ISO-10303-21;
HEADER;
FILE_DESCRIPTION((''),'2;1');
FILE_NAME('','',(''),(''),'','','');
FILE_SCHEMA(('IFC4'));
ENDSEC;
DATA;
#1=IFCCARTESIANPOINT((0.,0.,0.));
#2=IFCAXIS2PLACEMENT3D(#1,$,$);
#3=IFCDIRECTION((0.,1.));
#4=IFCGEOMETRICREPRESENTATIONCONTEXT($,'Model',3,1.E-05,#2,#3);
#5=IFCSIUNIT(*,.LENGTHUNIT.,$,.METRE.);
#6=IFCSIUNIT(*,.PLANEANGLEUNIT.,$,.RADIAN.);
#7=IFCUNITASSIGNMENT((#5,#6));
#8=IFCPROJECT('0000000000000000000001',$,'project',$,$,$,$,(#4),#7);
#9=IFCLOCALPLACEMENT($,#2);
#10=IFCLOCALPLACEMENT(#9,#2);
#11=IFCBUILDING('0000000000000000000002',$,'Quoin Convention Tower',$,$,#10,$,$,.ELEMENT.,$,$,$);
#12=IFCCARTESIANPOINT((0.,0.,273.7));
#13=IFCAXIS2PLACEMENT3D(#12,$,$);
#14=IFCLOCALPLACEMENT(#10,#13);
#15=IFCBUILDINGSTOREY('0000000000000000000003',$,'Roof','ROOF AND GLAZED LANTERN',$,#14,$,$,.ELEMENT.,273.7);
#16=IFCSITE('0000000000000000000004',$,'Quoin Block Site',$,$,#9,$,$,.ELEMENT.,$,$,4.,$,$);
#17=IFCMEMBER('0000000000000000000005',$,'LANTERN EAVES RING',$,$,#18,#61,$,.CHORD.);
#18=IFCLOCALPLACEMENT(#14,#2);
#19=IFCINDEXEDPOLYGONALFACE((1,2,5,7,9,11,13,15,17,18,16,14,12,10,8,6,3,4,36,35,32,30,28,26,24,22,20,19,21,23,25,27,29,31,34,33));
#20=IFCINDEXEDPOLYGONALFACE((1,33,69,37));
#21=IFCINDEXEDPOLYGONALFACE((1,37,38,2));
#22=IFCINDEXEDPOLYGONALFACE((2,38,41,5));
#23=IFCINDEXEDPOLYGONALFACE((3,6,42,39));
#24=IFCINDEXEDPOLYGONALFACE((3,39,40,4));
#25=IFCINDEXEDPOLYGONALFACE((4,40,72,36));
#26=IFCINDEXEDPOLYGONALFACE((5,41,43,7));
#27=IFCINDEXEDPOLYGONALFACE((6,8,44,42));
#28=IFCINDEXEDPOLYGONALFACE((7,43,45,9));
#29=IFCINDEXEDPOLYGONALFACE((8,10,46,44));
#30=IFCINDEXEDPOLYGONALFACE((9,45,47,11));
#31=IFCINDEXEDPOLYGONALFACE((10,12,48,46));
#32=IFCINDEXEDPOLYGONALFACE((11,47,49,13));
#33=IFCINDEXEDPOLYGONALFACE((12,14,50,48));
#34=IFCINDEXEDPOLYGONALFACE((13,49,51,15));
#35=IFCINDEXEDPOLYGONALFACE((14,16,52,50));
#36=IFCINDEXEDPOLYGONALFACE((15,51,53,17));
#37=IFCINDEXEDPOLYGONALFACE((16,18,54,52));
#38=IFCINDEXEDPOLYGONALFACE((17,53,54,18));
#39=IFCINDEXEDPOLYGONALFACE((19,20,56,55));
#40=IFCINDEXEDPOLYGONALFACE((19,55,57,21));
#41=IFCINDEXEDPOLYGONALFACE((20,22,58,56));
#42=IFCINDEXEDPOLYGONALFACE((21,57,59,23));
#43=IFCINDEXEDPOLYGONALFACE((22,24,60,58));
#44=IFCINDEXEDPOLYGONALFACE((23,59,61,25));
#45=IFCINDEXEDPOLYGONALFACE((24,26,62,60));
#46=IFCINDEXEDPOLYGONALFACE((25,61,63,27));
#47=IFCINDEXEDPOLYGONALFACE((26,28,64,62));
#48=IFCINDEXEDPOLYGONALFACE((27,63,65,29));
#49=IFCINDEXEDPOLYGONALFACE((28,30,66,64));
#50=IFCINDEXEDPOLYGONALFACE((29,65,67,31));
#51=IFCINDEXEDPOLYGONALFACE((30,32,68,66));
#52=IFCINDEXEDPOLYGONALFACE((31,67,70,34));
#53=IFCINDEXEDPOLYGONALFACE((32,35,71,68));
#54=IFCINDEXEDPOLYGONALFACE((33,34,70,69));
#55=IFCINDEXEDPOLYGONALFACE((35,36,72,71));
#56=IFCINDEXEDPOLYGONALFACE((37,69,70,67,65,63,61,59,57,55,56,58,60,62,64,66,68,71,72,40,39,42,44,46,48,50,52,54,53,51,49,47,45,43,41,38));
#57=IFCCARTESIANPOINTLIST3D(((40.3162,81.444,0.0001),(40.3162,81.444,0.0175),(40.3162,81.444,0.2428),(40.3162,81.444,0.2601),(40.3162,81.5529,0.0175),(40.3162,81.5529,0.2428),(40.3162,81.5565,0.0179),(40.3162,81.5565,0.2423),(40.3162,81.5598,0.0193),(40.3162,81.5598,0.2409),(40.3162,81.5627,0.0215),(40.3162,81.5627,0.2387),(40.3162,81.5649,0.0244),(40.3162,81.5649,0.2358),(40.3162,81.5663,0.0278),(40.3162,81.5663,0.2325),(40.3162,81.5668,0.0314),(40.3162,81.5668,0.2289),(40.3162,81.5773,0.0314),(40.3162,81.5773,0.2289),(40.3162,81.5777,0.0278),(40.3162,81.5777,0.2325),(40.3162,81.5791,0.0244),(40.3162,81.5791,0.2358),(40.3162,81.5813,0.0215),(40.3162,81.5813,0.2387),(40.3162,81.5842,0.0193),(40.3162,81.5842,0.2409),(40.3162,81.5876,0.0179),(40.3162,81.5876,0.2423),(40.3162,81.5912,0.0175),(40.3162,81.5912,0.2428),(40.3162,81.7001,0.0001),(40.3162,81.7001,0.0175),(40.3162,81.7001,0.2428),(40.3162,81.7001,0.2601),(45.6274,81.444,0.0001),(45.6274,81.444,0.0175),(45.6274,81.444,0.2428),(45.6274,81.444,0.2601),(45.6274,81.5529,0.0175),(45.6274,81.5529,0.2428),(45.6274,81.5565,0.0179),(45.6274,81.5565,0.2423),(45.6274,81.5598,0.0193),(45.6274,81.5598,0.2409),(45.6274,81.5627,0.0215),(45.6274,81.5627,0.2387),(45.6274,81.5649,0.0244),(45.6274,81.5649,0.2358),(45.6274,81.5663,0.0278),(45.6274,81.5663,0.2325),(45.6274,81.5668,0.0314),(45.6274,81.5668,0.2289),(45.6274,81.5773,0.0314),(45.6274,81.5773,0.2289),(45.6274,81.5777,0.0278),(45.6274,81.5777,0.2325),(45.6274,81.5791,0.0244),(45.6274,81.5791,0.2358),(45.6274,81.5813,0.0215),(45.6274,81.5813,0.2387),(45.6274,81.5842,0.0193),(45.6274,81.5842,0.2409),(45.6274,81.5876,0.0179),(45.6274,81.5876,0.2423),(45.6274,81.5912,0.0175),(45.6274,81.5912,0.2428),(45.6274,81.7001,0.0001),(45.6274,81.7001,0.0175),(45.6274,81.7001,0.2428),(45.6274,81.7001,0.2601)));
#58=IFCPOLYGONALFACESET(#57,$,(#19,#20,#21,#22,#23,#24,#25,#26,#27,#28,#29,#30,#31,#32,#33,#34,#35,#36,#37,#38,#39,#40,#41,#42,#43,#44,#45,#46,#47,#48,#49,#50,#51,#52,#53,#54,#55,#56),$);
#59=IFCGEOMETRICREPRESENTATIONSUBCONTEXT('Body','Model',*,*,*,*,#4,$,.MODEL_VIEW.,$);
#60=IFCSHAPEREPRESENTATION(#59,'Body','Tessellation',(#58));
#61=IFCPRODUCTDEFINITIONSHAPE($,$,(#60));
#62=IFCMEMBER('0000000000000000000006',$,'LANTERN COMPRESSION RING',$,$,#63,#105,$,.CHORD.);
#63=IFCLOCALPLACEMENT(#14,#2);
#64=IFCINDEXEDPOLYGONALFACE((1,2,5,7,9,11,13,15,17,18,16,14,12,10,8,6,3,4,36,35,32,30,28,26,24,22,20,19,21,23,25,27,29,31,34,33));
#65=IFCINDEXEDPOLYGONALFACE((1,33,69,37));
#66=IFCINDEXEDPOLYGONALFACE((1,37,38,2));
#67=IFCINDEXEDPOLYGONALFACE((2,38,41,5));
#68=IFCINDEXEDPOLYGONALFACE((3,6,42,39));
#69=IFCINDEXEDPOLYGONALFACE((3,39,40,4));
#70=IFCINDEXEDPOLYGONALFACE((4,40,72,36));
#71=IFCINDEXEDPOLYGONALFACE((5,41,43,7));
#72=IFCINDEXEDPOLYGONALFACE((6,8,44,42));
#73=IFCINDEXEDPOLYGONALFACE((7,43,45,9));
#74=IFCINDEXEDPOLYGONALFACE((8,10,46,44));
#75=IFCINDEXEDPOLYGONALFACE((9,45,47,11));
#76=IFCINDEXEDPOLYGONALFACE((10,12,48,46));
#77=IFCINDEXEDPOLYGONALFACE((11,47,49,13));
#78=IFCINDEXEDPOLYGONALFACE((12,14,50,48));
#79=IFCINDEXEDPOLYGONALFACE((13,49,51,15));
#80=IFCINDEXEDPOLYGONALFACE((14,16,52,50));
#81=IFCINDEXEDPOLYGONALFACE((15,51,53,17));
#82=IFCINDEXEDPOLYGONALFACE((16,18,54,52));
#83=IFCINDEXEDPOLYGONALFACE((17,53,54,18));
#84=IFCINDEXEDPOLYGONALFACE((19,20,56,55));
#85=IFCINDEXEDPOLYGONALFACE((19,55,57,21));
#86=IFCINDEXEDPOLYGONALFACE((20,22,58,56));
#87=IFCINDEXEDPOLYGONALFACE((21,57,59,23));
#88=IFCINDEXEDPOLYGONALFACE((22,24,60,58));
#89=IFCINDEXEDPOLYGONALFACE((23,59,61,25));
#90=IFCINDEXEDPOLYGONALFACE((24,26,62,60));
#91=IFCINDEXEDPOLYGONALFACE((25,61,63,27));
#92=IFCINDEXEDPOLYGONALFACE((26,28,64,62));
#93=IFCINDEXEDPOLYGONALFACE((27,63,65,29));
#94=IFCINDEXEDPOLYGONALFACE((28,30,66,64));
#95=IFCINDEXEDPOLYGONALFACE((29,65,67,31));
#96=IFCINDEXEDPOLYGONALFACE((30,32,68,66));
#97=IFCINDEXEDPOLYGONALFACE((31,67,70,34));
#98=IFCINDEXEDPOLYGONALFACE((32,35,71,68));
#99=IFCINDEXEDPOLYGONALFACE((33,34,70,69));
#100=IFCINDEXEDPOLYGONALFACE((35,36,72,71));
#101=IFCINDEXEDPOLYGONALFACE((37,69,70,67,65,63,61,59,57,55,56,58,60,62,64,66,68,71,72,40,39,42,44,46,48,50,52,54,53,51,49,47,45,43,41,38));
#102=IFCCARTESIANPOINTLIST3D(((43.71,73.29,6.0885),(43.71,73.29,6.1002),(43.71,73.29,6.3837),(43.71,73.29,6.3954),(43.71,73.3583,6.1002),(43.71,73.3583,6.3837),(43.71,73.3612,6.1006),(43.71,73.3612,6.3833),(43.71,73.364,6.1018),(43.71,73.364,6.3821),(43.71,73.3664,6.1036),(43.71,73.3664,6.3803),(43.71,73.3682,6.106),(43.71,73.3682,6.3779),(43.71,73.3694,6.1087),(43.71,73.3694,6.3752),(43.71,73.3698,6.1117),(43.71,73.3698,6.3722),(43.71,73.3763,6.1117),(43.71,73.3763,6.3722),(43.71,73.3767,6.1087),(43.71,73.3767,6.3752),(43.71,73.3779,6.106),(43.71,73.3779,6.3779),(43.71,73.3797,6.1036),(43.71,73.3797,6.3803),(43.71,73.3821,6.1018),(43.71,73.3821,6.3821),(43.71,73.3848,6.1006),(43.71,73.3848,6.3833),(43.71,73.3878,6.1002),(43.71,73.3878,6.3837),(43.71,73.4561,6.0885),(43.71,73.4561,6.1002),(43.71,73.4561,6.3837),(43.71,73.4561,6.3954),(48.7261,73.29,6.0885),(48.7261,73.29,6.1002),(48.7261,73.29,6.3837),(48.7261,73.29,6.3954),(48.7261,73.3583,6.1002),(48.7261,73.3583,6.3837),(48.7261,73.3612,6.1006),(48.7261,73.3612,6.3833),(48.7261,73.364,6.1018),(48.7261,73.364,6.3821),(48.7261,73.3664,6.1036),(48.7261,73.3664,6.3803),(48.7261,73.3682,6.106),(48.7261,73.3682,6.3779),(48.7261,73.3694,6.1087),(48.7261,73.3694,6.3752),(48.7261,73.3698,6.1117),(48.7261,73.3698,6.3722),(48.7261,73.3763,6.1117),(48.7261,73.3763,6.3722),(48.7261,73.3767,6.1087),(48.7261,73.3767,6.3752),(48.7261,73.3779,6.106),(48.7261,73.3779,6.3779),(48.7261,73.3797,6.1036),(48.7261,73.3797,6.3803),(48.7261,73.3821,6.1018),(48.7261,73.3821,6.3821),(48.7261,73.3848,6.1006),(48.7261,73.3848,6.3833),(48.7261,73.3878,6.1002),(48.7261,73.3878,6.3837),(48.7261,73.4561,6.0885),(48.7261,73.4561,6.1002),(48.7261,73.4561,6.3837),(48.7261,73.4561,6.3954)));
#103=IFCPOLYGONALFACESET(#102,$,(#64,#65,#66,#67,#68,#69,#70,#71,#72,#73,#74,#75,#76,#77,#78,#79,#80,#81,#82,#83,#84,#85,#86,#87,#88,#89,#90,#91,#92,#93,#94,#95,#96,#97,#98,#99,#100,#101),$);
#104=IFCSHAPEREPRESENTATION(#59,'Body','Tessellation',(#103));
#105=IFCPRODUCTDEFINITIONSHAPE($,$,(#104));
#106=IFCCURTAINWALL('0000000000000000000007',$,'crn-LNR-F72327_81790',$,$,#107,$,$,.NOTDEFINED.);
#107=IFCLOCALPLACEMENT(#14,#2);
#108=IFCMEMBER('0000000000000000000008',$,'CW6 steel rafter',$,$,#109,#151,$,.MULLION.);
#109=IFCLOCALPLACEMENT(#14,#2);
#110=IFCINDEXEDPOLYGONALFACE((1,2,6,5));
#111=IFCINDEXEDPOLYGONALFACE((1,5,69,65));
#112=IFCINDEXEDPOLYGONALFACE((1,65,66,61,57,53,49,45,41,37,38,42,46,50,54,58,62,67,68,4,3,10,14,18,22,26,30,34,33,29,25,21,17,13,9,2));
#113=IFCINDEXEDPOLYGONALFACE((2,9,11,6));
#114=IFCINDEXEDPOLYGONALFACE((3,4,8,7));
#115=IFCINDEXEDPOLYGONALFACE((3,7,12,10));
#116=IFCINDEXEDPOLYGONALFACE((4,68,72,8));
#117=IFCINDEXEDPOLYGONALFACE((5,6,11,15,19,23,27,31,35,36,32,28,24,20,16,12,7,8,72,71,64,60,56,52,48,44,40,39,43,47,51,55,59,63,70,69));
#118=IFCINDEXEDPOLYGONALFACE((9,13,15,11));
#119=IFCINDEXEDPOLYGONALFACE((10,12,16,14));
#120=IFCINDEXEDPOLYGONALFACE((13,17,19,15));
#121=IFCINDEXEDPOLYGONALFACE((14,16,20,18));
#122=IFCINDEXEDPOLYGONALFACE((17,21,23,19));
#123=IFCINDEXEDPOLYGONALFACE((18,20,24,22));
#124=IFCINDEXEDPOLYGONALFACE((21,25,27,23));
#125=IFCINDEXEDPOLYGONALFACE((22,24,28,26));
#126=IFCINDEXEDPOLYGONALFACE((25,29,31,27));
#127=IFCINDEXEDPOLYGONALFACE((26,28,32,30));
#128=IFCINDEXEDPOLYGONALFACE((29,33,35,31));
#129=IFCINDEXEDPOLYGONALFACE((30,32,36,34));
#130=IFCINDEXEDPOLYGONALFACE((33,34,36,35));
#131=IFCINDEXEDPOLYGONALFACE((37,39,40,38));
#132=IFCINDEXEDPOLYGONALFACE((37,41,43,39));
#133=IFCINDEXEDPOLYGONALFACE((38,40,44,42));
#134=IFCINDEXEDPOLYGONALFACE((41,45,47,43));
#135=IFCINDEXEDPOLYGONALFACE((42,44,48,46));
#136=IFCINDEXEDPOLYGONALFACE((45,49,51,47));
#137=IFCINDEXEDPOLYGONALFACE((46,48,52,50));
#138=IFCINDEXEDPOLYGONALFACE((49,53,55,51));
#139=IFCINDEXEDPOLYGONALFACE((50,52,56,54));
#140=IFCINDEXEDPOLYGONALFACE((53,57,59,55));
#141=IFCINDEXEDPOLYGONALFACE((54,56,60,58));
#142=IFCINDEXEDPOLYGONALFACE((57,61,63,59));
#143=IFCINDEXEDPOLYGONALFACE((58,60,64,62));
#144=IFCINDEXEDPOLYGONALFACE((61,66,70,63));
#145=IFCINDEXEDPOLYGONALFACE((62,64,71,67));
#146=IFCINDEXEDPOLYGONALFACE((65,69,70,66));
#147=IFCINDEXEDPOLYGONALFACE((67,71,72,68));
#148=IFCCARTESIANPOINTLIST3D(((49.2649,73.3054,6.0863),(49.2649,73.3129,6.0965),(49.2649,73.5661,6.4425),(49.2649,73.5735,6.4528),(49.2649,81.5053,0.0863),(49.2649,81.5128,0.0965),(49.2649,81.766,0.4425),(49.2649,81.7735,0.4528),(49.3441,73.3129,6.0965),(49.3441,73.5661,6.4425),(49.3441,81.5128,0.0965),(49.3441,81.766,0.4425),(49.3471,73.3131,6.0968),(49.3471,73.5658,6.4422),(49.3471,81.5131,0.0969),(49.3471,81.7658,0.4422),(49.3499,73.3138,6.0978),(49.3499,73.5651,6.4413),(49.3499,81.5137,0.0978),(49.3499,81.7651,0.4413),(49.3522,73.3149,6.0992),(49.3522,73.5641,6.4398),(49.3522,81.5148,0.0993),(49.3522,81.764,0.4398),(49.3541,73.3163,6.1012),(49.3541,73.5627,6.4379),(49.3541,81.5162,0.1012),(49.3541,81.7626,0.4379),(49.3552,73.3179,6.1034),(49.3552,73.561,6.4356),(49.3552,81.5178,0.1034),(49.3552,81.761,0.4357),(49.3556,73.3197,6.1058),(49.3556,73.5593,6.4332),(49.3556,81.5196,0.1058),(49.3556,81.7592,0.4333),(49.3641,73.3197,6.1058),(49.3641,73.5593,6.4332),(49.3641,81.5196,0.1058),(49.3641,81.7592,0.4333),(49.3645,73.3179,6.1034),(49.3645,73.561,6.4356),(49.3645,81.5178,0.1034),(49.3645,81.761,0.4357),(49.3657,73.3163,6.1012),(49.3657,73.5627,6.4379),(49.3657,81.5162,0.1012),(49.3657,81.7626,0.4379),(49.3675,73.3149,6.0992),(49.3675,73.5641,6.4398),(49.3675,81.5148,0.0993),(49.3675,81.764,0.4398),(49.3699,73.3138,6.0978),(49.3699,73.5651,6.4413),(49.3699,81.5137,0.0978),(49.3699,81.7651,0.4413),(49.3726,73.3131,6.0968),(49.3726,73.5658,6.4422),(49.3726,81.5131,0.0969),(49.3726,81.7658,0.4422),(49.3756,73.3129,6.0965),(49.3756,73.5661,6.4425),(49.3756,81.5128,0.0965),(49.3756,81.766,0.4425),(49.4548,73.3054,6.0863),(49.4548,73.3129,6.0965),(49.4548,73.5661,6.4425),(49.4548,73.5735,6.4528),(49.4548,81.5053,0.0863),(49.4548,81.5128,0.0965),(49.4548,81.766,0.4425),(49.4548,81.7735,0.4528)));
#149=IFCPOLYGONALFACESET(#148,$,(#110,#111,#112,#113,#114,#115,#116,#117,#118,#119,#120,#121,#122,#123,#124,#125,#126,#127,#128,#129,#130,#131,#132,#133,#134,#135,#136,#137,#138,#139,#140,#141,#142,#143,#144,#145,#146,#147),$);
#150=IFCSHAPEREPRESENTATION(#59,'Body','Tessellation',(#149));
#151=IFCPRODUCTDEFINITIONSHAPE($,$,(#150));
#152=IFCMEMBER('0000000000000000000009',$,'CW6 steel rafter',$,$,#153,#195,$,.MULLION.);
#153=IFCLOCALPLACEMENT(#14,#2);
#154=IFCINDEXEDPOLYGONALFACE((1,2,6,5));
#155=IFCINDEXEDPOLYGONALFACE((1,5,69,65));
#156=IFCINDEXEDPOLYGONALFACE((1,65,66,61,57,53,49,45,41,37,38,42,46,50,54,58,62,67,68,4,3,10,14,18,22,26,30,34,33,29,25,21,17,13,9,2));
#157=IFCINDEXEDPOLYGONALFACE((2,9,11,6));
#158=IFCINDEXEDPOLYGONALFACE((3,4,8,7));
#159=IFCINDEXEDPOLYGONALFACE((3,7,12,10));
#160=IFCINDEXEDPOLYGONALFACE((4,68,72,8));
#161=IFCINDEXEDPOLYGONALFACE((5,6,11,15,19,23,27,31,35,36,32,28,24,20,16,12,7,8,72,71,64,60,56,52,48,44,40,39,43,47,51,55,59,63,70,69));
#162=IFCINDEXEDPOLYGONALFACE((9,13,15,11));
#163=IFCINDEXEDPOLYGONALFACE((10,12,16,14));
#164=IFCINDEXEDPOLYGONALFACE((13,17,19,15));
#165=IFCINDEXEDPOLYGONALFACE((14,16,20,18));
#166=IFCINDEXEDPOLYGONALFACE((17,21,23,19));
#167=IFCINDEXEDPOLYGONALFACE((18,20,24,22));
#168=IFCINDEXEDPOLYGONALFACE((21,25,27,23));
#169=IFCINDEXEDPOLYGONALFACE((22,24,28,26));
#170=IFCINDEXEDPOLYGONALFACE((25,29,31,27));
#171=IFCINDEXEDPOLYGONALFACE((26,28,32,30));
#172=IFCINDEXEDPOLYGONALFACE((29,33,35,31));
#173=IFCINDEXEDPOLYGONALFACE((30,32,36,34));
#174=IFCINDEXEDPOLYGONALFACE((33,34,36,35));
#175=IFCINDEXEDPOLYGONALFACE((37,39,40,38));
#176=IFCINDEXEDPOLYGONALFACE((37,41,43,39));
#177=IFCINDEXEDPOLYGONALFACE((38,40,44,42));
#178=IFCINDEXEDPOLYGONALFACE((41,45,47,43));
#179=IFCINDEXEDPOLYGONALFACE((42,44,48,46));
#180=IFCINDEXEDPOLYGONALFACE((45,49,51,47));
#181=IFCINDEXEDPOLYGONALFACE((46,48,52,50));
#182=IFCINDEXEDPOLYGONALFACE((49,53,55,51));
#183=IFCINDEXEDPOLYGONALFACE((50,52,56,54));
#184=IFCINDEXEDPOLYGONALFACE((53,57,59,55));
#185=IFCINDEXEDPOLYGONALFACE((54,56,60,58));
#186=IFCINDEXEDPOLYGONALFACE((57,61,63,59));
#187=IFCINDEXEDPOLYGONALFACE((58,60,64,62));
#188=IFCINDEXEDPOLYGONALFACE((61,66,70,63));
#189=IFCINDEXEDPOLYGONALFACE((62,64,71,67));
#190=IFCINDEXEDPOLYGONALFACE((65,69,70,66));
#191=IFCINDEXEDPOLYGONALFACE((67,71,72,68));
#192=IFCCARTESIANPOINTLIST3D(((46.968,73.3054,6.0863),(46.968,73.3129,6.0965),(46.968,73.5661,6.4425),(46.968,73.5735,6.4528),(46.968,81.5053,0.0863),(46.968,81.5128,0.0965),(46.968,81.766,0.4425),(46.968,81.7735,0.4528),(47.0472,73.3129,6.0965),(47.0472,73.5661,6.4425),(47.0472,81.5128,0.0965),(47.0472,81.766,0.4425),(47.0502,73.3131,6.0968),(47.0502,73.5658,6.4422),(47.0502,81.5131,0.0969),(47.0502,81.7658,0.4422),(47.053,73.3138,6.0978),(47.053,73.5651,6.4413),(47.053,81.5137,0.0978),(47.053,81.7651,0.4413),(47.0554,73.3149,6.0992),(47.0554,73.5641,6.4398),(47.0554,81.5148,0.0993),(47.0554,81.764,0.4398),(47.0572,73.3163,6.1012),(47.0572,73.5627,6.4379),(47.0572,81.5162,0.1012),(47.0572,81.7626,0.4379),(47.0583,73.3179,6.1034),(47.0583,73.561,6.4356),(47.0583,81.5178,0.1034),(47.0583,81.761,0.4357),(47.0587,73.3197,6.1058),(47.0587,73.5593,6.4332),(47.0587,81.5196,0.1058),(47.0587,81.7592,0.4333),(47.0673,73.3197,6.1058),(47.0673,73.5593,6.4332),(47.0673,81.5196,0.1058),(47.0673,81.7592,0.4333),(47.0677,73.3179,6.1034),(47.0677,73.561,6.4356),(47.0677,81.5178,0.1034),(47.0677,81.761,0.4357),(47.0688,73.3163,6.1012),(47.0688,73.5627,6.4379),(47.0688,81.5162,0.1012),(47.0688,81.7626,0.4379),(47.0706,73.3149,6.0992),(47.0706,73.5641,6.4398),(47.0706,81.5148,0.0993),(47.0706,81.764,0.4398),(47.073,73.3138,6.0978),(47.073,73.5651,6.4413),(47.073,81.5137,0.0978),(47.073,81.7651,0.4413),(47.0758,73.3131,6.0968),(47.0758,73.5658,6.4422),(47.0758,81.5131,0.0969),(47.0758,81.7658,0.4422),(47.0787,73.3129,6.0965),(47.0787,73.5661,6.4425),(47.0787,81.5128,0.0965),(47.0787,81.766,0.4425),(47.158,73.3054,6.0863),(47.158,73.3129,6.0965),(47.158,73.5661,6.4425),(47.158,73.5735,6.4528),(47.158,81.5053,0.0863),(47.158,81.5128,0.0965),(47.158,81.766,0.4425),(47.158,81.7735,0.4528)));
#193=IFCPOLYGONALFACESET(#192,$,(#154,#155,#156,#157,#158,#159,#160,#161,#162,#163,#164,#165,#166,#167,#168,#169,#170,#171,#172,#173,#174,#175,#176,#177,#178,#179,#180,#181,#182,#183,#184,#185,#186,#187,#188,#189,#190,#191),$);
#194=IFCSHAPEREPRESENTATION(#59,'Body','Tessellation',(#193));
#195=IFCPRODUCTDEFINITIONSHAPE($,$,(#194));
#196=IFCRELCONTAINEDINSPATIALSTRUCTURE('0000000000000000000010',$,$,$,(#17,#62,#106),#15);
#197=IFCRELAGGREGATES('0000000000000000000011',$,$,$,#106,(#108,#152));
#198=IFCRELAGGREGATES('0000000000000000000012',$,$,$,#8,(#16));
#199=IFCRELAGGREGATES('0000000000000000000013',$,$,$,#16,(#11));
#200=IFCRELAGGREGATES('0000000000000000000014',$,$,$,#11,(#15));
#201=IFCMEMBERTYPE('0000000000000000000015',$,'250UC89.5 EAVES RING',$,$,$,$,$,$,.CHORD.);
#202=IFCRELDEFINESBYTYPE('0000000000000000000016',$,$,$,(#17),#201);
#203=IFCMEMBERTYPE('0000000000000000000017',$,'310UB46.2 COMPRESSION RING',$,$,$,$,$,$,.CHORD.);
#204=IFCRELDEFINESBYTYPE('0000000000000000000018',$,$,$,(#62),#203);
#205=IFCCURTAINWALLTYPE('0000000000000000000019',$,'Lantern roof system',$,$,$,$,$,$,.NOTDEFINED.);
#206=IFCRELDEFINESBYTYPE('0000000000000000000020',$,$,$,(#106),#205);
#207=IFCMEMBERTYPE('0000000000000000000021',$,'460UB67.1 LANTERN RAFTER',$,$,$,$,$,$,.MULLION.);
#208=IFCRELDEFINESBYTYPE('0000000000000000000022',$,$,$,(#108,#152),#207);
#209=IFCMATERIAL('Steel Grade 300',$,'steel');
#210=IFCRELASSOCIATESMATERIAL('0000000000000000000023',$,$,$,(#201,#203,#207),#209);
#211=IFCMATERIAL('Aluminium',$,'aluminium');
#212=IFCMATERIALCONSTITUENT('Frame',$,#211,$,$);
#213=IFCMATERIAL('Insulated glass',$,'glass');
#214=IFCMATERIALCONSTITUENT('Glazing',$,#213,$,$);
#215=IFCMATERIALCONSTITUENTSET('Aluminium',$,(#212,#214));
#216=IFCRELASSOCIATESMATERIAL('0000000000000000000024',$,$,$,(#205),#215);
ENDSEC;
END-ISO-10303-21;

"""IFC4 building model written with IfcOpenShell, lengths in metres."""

from ifc_helpers import new_model, si_unit, direction, frame, origin, origin_2d, place, context, subcontext, project, spatial, i_section, extrude, material, constituent, constituent_set, material_profile, profile_set, type_object, element, aggregate, save


model = new_model("IFC4")

# Units and contexts
model_context = context("Model", 3, precision=1e-05, world=origin(), true_north=direction((0.0, 1.0)))
body_context = subcontext(model_context, "Body", "Model", "MODEL_VIEW")
ifc_project = project(units=[si_unit("LENGTHUNIT", "METRE"), si_unit("PLANEANGLEUNIT", "RADIAN")], contexts=[model_context])

# Site, building, storey
site_placement = place(None, origin())
site = spatial("IfcSite", under=ifc_project, at=site_placement, Name="Quoin Block Site", CompositionType="ELEMENT", RefElevation=4.0)
building_placement = place(site_placement, origin())
building = spatial("IfcBuilding", under=site, at=building_placement, Name="Quoin Convention Tower", CompositionType="ELEMENT")
storey_placement = place(building_placement, frame((0.0, 0.0, 273.7)))
storey = spatial("IfcBuildingStorey", under=building, at=storey_placement, Name="Roof", Description="ROOF AND GLAZED LANTERN", CompositionType="ELEMENT", Elevation=273.7)

# Members
ifc_material_1 = material(Name="Steel Grade 300", Category="steel")
ifc_material_profile_1 = material_profile(ifc_material_1, i_section(OverallWidth=0.2561, OverallDepth=0.26, WebThickness=0.0105, FlangeThickness=0.0173, FilletRadius=0.0139, at=origin_2d()), Name="250UC89.5")
ifc_profile_set_1 = profile_set([ifc_material_profile_1], Name="Steel Grade 300")
member_type_1 = type_object("IfcMemberType", Name="250UC89.5 EAVES RING", PredefinedType="CHORD", material=ifc_profile_set_1)
member_1_placement = place(storey_placement, frame((45.6274, 81.572, 0.1301), z_axis=(-1.0, 0.0, 0.0), x_axis=(0.0, -1.0, 0.0)))
element("IfcMember", 1, at=member_1_placement, inside=storey, type_object=member_type_1, Name="LANTERN EAVES RING", PredefinedType="CHORD", context=body_context, shape_type="SweptSolid", body=[
    extrude(i_section(OverallWidth=0.2561, OverallDepth=0.26, WebThickness=0.0105, FlangeThickness=0.0173, FilletRadius=0.0139, at=origin_2d()), origin(), (0.0, 0.0, 1.0), 5.3113),
])
ifc_material_profile_2 = material_profile(ifc_material_1, i_section(OverallWidth=0.166, OverallDepth=0.3069, WebThickness=0.0066, FlangeThickness=0.0117, FilletRadius=0.0115, at=origin_2d()), Name="310UB46.2")
ifc_profile_set_2 = profile_set([ifc_material_profile_2], Name="Steel Grade 300")
member_type_2 = type_object("IfcMemberType", Name="310UB46.2 COMPRESSION RING", PredefinedType="CHORD", material=ifc_profile_set_2)
member_2_placement = place(storey_placement, frame((48.7261, 73.373, 6.2419), z_axis=(-1.0, 0.0, 0.0), x_axis=(0.0, -1.0, 0.0)))
element("IfcMember", 2, at=member_2_placement, inside=storey, type_object=member_type_2, Name="LANTERN COMPRESSION RING", PredefinedType="CHORD", context=body_context, shape_type="SweptSolid", body=[
    extrude(i_section(OverallWidth=0.166, OverallDepth=0.3069, WebThickness=0.0066, FlangeThickness=0.0117, FilletRadius=0.0115, at=origin_2d()), origin(), (0.0, 0.0, 1.0), 5.0161),
])

# Curtain wall, members
ifc_material_2 = material(Name="Aluminium", Category="aluminium")
ifc_constituent_1 = constituent(ifc_material_2, Name="Frame")
ifc_material_3 = material(Name="Insulated glass", Category="glass")
ifc_constituent_2 = constituent(ifc_material_3, Name="Glazing")
ifc_constituent_set = constituent_set(constituents=[ifc_constituent_1, ifc_constituent_2], Name="Aluminium")
curtain_wall_type = type_object("IfcCurtainWallType", Name="Lantern roof system", PredefinedType="NOTDEFINED", material=ifc_constituent_set)
curtain_wall_1_placement = place(storey_placement, origin())
curtain_wall_1 = element("IfcCurtainWall", 3, at=curtain_wall_1_placement, inside=storey, type_object=curtain_wall_type, Name="crn-LNR-F72327_81790", PredefinedType="NOTDEFINED")
ifc_material_profile_3 = material_profile(ifc_material_1, i_section(OverallWidth=0.1899, OverallDepth=0.4541, WebThickness=0.0085, FlangeThickness=0.0127, FilletRadius=0.0115, at=origin_2d()), Name="460UB67.1")
ifc_profile_set_3 = profile_set([ifc_material_profile_3], Name="Steel Grade 300")
member_type_3 = type_object("IfcMemberType", Name="460UB67.1 LANTERN RAFTER", PredefinedType="MULLION", material=ifc_profile_set_3)
member_3_placement = place(storey_placement, frame((49.3599, 81.6394, 0.2695), z_axis=(0.0, -0.807029, 0.590512), x_axis=(1.0, 0.0, 0.0)))
member_3 = element("IfcMember", 4, at=member_3_placement, type_object=member_type_3, Name="CW6 steel rafter", PredefinedType="MULLION", context=body_context, shape_type="SweptSolid", body=[
    extrude(i_section(OverallWidth=0.1899, OverallDepth=0.4541, WebThickness=0.0085, FlangeThickness=0.0127, FilletRadius=0.0115, at=origin_2d()), origin(), (0.0, 0.0, 1.0), 10.1606),
])
member_4_placement = place(storey_placement, frame((47.063, 81.6394, 0.2695), z_axis=(0.0, -0.807029, 0.590512), x_axis=(1.0, 0.0, 0.0)))
member_4 = element("IfcMember", 5, at=member_4_placement, type_object=member_type_3, Name="CW6 steel rafter", PredefinedType="MULLION", context=body_context, shape_type="SweptSolid", body=[
    extrude(i_section(OverallWidth=0.1899, OverallDepth=0.4541, WebThickness=0.0085, FlangeThickness=0.0127, FilletRadius=0.0115, at=origin_2d()), origin(), (0.0, 0.0, 1.0), 10.1606),
])

aggregate(curtain_wall_1, [member_3, member_4])

save(model, "model.ifc")
